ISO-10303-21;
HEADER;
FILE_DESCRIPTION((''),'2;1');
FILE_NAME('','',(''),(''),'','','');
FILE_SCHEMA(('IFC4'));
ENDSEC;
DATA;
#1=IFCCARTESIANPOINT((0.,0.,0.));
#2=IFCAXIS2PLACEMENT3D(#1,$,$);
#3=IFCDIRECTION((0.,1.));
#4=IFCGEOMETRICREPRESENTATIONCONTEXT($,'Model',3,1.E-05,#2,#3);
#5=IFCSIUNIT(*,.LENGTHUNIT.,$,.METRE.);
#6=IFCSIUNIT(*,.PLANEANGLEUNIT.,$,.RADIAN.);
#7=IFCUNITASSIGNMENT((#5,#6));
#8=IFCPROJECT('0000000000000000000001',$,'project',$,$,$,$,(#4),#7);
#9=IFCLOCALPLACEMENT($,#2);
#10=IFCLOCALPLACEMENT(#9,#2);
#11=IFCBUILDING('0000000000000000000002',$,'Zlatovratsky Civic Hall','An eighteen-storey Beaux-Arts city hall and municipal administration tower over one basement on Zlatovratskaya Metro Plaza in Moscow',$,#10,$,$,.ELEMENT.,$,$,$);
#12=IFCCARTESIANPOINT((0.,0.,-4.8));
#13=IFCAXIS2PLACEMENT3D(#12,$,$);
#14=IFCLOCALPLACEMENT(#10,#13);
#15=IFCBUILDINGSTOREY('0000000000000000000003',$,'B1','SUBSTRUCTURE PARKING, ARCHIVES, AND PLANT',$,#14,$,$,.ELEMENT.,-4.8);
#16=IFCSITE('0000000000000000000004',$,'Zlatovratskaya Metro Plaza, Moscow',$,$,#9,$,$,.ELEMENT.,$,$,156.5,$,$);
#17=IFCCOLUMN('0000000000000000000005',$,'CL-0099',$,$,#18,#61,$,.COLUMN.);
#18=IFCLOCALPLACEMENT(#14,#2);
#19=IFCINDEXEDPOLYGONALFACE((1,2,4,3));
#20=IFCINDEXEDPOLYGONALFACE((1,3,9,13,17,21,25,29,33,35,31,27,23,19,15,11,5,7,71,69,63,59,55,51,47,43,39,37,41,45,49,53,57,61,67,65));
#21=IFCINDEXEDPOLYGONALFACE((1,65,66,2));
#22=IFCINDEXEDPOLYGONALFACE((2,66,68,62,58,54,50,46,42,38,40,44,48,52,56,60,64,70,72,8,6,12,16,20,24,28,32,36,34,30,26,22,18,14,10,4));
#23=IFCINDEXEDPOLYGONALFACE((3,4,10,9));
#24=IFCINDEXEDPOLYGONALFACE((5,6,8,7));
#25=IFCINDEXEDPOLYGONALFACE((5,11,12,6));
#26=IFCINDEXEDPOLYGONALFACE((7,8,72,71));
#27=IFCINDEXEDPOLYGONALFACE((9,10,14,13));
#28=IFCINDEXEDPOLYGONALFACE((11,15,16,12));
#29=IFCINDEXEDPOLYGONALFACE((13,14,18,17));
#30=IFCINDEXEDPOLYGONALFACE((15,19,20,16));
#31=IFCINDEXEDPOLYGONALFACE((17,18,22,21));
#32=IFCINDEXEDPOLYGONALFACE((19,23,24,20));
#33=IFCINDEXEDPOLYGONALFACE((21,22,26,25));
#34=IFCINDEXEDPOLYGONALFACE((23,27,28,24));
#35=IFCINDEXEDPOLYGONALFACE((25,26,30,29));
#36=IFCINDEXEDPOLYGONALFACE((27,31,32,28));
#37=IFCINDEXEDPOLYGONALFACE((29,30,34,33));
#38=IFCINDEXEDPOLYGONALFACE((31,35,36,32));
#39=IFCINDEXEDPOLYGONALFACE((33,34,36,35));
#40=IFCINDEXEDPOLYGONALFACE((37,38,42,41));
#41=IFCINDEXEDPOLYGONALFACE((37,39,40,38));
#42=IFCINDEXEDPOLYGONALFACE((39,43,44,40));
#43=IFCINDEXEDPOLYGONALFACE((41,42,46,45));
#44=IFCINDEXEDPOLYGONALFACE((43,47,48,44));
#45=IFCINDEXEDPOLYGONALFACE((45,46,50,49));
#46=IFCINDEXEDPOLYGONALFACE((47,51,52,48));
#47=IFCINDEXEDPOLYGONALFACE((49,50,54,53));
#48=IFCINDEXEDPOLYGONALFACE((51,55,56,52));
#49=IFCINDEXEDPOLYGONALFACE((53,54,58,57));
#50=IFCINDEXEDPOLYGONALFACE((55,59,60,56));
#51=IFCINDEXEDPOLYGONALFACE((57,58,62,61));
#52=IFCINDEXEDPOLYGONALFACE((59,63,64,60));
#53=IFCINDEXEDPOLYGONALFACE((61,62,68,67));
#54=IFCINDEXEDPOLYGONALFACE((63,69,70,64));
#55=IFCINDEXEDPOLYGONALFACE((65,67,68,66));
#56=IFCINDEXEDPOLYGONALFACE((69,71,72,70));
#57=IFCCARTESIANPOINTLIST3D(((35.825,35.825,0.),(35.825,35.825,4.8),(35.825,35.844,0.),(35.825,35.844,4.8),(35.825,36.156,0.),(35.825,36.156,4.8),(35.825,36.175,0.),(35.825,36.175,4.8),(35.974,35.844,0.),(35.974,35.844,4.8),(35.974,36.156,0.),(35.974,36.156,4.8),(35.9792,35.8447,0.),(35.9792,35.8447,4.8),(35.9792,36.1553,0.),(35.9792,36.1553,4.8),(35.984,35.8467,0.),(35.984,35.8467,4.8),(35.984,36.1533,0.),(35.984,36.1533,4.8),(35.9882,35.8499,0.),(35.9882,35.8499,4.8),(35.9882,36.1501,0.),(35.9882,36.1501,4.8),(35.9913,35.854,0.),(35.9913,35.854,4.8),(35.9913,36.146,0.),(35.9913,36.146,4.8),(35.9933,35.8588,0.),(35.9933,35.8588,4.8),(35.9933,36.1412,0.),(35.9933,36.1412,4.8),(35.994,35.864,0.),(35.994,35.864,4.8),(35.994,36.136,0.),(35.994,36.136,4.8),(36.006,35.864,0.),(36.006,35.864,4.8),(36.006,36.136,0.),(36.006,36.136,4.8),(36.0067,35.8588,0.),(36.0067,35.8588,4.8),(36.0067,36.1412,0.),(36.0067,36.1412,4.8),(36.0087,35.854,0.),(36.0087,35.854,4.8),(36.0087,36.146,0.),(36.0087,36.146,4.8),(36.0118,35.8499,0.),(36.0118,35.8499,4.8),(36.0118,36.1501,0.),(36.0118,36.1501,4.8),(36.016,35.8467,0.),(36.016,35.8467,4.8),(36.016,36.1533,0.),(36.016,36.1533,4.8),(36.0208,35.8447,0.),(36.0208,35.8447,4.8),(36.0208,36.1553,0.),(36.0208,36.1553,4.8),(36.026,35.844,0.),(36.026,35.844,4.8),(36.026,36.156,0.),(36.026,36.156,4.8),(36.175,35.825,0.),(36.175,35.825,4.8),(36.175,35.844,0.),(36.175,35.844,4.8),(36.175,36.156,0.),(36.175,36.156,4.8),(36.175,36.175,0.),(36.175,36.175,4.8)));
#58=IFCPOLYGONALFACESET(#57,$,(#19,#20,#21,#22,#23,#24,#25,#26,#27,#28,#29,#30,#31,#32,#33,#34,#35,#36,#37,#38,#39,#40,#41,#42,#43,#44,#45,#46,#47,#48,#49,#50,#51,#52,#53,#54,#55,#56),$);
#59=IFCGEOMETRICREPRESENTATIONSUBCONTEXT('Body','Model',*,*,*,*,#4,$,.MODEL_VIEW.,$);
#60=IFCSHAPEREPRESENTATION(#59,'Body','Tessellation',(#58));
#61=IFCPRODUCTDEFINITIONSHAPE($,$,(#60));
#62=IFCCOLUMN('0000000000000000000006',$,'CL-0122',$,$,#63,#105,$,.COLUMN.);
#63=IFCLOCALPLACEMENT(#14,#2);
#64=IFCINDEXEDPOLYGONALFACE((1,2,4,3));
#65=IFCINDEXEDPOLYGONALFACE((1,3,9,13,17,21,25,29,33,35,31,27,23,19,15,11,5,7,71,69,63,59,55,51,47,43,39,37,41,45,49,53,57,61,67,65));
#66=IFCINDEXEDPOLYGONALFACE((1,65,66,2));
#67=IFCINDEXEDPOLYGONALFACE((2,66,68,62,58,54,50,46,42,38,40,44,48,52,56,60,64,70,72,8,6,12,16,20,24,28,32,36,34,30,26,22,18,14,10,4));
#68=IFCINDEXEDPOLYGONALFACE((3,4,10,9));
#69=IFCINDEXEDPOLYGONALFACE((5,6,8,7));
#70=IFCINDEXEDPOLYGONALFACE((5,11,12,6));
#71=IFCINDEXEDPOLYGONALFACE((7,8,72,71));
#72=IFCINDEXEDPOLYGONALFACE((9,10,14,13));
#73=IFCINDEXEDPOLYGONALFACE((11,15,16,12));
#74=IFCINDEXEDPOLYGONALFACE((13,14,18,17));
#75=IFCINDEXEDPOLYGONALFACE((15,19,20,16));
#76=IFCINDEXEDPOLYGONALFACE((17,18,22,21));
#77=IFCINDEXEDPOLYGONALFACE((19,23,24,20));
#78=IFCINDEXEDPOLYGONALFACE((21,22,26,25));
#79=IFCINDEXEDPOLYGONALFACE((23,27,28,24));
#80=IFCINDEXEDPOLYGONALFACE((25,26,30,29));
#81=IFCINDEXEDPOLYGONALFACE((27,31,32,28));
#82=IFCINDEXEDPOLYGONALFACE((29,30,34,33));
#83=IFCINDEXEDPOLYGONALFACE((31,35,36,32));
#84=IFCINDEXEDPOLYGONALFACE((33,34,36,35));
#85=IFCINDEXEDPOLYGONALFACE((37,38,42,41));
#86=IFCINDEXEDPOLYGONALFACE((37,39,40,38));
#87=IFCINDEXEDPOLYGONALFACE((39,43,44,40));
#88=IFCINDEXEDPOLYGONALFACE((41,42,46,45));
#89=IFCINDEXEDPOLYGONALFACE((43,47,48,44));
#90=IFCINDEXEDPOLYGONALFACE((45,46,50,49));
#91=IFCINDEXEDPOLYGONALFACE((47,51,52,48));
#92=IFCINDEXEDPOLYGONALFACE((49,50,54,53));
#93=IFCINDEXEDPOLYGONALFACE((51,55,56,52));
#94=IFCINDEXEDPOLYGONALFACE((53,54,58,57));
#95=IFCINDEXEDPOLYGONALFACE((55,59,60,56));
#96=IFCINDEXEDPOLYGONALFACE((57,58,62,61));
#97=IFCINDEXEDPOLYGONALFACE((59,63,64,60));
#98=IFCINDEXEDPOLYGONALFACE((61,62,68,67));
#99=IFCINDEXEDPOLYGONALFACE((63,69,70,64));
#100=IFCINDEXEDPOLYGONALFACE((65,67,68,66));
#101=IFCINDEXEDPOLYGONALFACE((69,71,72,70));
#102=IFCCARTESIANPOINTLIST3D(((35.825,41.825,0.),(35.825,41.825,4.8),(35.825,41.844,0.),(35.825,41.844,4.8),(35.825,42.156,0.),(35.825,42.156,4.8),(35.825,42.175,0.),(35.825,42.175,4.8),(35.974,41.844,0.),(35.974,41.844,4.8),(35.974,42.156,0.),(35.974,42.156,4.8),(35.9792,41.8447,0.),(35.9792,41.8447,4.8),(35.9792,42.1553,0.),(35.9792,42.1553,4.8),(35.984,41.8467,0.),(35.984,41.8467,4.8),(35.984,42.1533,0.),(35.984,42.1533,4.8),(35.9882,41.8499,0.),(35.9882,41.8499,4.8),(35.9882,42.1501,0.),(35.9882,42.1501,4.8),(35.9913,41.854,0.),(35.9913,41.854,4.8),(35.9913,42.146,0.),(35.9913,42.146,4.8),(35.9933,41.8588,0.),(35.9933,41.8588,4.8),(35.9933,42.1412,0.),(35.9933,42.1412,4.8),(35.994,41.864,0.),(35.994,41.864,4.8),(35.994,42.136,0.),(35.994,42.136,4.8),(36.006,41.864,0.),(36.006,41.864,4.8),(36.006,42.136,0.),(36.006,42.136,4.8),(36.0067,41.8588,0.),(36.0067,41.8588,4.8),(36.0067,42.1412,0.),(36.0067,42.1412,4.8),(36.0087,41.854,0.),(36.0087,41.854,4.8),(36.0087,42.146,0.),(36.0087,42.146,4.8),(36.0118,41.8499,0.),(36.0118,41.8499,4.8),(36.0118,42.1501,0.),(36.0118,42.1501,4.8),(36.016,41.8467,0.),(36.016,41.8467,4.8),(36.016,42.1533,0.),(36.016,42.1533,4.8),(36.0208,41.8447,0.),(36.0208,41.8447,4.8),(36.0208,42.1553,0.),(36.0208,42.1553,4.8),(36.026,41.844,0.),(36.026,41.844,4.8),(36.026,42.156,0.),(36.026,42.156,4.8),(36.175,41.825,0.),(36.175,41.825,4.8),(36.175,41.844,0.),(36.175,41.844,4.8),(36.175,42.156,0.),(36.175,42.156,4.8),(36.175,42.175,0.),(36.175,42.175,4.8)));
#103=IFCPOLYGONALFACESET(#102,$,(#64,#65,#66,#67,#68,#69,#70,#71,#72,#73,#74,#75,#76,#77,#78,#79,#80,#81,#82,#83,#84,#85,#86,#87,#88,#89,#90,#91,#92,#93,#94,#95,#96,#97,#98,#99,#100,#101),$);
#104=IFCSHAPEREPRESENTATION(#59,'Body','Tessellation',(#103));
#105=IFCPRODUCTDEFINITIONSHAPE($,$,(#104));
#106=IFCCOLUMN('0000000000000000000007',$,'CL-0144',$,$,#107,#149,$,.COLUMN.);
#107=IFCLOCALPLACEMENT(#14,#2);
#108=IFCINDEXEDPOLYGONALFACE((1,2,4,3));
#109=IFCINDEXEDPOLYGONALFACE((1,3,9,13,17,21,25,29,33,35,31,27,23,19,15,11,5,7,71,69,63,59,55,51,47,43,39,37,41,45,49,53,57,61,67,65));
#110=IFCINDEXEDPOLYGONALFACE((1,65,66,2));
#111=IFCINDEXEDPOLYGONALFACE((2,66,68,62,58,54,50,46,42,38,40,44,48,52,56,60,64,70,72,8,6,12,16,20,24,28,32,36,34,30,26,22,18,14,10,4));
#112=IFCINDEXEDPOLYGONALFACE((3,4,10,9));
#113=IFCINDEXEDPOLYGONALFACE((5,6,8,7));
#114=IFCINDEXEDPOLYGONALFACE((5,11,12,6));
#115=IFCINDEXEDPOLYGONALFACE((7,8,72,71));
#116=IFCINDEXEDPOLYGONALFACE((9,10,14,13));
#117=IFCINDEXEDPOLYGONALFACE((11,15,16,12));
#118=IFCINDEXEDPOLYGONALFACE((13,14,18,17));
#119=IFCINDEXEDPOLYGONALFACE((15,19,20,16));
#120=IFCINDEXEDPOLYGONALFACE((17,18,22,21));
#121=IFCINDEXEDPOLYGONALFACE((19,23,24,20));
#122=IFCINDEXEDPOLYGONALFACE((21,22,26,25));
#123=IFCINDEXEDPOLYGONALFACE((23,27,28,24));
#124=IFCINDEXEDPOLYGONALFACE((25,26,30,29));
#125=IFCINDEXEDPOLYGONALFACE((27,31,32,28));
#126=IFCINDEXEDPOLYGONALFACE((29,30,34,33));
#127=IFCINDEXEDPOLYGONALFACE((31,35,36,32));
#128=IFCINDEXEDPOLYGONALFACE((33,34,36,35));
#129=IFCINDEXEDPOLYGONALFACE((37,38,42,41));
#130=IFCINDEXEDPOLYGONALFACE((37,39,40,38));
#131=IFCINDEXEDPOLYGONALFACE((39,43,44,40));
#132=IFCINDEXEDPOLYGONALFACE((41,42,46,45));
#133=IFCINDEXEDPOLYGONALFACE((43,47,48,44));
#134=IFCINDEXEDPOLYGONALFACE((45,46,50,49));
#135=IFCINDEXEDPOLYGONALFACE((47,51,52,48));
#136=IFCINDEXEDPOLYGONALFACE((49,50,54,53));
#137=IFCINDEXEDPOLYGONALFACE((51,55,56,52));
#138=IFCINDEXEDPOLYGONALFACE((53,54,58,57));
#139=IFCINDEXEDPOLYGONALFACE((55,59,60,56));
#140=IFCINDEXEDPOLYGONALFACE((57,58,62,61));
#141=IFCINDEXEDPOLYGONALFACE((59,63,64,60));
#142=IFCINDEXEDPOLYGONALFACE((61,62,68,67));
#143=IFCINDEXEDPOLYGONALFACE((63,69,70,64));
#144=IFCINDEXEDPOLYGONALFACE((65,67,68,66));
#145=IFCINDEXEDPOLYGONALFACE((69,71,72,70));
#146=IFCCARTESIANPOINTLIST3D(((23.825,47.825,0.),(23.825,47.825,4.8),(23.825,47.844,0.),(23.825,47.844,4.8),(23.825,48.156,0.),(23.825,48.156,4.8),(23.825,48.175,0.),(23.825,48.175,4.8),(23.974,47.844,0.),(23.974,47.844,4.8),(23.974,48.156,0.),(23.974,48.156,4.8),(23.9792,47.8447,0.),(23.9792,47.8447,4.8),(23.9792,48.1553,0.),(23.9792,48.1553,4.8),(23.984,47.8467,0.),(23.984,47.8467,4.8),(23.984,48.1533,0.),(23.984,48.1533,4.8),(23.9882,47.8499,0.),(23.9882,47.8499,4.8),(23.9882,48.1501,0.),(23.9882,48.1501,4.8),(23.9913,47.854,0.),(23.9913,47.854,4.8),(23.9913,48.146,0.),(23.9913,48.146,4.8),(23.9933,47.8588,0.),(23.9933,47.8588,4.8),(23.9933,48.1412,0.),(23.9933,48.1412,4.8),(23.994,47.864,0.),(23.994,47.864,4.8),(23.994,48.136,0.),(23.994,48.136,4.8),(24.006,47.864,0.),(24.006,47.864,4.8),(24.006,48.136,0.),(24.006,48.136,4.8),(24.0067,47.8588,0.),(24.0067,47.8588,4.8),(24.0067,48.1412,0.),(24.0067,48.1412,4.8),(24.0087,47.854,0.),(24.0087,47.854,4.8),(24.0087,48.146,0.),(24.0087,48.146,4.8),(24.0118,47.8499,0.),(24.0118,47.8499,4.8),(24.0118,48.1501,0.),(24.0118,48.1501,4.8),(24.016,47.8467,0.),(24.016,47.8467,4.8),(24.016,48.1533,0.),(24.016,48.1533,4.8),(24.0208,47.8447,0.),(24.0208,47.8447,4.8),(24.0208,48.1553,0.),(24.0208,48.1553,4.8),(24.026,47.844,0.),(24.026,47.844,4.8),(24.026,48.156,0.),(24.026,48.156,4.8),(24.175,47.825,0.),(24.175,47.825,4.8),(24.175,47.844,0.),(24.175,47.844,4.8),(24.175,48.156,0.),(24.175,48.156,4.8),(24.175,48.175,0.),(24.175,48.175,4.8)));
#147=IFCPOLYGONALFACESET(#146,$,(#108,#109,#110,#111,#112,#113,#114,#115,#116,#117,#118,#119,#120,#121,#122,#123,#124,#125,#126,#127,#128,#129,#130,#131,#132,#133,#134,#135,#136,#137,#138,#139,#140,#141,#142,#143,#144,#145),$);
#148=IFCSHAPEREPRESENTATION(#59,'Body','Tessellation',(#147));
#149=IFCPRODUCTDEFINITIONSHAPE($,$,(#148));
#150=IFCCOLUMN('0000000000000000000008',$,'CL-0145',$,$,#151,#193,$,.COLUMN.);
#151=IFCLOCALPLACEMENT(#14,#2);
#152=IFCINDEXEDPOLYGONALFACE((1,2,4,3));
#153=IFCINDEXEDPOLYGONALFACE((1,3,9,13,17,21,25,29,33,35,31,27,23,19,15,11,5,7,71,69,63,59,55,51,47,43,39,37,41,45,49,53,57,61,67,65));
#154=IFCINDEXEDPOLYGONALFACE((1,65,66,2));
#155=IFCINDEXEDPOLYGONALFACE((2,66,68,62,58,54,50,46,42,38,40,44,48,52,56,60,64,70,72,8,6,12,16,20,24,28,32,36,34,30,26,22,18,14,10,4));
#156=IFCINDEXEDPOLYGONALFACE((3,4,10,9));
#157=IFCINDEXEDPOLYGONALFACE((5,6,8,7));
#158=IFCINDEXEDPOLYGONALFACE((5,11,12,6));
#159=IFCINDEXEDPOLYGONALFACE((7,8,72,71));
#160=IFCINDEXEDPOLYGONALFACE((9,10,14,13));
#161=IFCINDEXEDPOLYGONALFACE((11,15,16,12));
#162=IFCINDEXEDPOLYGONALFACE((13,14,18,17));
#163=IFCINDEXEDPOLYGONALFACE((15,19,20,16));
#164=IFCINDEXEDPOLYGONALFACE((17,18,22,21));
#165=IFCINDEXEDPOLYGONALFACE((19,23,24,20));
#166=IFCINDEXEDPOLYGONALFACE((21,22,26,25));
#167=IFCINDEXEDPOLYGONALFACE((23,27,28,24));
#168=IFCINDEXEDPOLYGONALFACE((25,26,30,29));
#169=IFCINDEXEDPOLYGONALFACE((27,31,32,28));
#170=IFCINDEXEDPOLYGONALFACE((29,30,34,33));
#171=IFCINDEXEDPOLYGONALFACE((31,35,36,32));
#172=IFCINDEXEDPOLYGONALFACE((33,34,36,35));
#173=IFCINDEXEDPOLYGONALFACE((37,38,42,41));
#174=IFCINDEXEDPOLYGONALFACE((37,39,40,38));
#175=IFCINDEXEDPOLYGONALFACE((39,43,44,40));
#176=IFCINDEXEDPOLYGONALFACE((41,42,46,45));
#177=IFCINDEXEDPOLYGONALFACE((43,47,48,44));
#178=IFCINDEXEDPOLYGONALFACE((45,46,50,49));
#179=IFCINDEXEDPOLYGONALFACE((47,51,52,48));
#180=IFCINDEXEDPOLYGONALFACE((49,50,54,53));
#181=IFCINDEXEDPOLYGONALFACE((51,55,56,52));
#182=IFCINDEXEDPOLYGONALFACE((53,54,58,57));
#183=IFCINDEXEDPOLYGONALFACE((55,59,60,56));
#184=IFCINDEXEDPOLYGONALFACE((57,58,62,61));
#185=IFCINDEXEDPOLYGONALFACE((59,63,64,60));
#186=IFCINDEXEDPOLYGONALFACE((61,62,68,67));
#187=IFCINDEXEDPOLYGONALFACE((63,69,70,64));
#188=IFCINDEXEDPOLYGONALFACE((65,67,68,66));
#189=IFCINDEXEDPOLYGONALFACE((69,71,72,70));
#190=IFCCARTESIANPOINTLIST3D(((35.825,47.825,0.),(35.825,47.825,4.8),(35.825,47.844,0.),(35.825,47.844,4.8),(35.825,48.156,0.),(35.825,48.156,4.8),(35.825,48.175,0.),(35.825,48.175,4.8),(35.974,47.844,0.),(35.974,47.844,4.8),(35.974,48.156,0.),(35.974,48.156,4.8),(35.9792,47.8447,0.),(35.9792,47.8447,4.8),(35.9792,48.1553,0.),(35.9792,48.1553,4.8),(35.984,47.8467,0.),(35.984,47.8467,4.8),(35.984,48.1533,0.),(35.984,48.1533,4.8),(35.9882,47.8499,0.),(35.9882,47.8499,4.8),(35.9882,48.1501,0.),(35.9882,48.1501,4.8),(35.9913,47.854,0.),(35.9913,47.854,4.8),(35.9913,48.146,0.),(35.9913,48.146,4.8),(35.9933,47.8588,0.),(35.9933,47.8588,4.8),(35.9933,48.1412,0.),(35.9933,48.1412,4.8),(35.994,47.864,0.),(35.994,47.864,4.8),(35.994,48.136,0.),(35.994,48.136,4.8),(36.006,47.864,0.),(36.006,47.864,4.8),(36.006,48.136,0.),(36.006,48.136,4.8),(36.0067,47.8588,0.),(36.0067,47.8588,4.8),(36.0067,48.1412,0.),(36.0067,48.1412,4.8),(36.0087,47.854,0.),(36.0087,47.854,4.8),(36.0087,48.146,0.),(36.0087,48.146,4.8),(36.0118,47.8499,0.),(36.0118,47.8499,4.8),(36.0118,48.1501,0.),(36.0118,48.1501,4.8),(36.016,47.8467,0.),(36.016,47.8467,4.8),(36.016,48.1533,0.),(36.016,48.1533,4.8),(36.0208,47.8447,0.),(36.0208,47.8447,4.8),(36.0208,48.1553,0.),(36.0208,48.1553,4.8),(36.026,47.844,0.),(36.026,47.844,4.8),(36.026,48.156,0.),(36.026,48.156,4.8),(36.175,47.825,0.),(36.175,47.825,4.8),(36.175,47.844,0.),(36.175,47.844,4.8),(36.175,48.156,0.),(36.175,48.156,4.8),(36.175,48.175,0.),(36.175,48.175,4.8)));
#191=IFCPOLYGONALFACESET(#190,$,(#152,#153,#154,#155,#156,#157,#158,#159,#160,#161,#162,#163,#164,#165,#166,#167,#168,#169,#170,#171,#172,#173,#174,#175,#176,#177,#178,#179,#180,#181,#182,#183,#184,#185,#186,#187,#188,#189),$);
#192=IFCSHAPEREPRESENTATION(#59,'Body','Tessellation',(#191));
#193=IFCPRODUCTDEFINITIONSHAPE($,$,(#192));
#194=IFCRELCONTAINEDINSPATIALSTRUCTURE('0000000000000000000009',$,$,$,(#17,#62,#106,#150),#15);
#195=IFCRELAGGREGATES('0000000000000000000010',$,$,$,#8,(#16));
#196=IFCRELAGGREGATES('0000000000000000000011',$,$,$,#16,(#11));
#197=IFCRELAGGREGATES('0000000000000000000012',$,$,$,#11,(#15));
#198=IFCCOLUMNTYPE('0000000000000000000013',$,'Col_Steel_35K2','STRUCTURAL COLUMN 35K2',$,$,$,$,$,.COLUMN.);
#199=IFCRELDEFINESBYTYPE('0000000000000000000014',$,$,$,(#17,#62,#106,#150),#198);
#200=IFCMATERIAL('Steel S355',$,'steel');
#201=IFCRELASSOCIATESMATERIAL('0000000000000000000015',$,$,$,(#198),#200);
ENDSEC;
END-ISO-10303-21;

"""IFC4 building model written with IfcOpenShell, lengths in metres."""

from ifc_helpers import new_model, si_unit, direction, frame, origin, origin_2d, place, context, subcontext, project, spatial, i_section, extrude, material, material_profile, profile_set, type_object, element, save


model = new_model("IFC4")

# Units and contexts
model_context = context("Model", 3, precision=1e-05, world=origin(), true_north=direction((0.0, 1.0)))
body_context = subcontext(model_context, "Body", "Model", "MODEL_VIEW")
ifc_project = project(units=[si_unit("LENGTHUNIT", "METRE"), si_unit("PLANEANGLEUNIT", "RADIAN")], contexts=[model_context])

# Site, building, storey
site_placement = place(None, origin())
site = spatial("IfcSite", under=ifc_project, at=site_placement, Name="Zlatovratskaya Metro Plaza, Moscow", CompositionType="ELEMENT", RefElevation=156.5)
building_placement = place(site_placement, origin())
building = spatial("IfcBuilding", under=site, at=building_placement, Name="Zlatovratsky Civic Hall", Description="An eighteen-storey Beaux-Arts city hall and municipal administration tower over one basement on Zlatovratskaya Metro Plaza in Moscow", CompositionType="ELEMENT")
storey_placement = place(building_placement, frame((0.0, 0.0, -4.8)))
storey = spatial("IfcBuildingStorey", under=building, at=storey_placement, Name="B1", Description="SUBSTRUCTURE PARKING, ARCHIVES, AND PLANT", CompositionType="ELEMENT", Elevation=-4.8)

# Columns
ifc_material_1 = material(Name="Steel S355", Category="steel")
ifc_material_profile_1 = material_profile(ifc_material_1, i_section(OverallWidth=0.3501, OverallDepth=0.3501, WebThickness=0.012, FlangeThickness=0.019, FilletRadius=0.02, at=origin_2d()), Name="35K2")
ifc_profile_set_1 = profile_set([ifc_material_profile_1], Name="Steel S355")
column_type = type_object("IfcColumnType", Name="Col_Steel_35K2", Description="STRUCTURAL COLUMN 35K2", PredefinedType="COLUMN", material=ifc_profile_set_1)
for number, where, z_axis, x_axis, name in (
    (1, (36.0, 36.0, 0.0), (0.0, 0.0, 1.0), (1.0, 0.0, 0.0), "CL-0099"),
    (2, (36.0, 42.0, 0.0), (0.0, 0.0, 1.0), (1.0, 0.0, 0.0), "CL-0122"),
    (3, (24.0, 48.0, 0.0), (0.0, 0.0, 1.0), (1.0, 0.0, 0.0), "CL-0144"),
    (4, (36.0, 48.0, 0.0), (0.0, 0.0, 1.0), (1.0, 0.0, 0.0), "CL-0145"),
):
    element("IfcColumn", number, at=place(storey_placement, frame(where, z_axis=z_axis, x_axis=x_axis)), inside=storey, type_object=column_type, Name=name, PredefinedType="COLUMN", context=body_context, shape_type="SweptSolid", body=[
        extrude(i_section(OverallWidth=0.3501, OverallDepth=0.3501, WebThickness=0.012, FlangeThickness=0.019, FilletRadius=0.02, at=origin_2d()), origin(), (0.0, 0.0, 1.0), 4.8),
    ])

save(model, "model.ifc")
